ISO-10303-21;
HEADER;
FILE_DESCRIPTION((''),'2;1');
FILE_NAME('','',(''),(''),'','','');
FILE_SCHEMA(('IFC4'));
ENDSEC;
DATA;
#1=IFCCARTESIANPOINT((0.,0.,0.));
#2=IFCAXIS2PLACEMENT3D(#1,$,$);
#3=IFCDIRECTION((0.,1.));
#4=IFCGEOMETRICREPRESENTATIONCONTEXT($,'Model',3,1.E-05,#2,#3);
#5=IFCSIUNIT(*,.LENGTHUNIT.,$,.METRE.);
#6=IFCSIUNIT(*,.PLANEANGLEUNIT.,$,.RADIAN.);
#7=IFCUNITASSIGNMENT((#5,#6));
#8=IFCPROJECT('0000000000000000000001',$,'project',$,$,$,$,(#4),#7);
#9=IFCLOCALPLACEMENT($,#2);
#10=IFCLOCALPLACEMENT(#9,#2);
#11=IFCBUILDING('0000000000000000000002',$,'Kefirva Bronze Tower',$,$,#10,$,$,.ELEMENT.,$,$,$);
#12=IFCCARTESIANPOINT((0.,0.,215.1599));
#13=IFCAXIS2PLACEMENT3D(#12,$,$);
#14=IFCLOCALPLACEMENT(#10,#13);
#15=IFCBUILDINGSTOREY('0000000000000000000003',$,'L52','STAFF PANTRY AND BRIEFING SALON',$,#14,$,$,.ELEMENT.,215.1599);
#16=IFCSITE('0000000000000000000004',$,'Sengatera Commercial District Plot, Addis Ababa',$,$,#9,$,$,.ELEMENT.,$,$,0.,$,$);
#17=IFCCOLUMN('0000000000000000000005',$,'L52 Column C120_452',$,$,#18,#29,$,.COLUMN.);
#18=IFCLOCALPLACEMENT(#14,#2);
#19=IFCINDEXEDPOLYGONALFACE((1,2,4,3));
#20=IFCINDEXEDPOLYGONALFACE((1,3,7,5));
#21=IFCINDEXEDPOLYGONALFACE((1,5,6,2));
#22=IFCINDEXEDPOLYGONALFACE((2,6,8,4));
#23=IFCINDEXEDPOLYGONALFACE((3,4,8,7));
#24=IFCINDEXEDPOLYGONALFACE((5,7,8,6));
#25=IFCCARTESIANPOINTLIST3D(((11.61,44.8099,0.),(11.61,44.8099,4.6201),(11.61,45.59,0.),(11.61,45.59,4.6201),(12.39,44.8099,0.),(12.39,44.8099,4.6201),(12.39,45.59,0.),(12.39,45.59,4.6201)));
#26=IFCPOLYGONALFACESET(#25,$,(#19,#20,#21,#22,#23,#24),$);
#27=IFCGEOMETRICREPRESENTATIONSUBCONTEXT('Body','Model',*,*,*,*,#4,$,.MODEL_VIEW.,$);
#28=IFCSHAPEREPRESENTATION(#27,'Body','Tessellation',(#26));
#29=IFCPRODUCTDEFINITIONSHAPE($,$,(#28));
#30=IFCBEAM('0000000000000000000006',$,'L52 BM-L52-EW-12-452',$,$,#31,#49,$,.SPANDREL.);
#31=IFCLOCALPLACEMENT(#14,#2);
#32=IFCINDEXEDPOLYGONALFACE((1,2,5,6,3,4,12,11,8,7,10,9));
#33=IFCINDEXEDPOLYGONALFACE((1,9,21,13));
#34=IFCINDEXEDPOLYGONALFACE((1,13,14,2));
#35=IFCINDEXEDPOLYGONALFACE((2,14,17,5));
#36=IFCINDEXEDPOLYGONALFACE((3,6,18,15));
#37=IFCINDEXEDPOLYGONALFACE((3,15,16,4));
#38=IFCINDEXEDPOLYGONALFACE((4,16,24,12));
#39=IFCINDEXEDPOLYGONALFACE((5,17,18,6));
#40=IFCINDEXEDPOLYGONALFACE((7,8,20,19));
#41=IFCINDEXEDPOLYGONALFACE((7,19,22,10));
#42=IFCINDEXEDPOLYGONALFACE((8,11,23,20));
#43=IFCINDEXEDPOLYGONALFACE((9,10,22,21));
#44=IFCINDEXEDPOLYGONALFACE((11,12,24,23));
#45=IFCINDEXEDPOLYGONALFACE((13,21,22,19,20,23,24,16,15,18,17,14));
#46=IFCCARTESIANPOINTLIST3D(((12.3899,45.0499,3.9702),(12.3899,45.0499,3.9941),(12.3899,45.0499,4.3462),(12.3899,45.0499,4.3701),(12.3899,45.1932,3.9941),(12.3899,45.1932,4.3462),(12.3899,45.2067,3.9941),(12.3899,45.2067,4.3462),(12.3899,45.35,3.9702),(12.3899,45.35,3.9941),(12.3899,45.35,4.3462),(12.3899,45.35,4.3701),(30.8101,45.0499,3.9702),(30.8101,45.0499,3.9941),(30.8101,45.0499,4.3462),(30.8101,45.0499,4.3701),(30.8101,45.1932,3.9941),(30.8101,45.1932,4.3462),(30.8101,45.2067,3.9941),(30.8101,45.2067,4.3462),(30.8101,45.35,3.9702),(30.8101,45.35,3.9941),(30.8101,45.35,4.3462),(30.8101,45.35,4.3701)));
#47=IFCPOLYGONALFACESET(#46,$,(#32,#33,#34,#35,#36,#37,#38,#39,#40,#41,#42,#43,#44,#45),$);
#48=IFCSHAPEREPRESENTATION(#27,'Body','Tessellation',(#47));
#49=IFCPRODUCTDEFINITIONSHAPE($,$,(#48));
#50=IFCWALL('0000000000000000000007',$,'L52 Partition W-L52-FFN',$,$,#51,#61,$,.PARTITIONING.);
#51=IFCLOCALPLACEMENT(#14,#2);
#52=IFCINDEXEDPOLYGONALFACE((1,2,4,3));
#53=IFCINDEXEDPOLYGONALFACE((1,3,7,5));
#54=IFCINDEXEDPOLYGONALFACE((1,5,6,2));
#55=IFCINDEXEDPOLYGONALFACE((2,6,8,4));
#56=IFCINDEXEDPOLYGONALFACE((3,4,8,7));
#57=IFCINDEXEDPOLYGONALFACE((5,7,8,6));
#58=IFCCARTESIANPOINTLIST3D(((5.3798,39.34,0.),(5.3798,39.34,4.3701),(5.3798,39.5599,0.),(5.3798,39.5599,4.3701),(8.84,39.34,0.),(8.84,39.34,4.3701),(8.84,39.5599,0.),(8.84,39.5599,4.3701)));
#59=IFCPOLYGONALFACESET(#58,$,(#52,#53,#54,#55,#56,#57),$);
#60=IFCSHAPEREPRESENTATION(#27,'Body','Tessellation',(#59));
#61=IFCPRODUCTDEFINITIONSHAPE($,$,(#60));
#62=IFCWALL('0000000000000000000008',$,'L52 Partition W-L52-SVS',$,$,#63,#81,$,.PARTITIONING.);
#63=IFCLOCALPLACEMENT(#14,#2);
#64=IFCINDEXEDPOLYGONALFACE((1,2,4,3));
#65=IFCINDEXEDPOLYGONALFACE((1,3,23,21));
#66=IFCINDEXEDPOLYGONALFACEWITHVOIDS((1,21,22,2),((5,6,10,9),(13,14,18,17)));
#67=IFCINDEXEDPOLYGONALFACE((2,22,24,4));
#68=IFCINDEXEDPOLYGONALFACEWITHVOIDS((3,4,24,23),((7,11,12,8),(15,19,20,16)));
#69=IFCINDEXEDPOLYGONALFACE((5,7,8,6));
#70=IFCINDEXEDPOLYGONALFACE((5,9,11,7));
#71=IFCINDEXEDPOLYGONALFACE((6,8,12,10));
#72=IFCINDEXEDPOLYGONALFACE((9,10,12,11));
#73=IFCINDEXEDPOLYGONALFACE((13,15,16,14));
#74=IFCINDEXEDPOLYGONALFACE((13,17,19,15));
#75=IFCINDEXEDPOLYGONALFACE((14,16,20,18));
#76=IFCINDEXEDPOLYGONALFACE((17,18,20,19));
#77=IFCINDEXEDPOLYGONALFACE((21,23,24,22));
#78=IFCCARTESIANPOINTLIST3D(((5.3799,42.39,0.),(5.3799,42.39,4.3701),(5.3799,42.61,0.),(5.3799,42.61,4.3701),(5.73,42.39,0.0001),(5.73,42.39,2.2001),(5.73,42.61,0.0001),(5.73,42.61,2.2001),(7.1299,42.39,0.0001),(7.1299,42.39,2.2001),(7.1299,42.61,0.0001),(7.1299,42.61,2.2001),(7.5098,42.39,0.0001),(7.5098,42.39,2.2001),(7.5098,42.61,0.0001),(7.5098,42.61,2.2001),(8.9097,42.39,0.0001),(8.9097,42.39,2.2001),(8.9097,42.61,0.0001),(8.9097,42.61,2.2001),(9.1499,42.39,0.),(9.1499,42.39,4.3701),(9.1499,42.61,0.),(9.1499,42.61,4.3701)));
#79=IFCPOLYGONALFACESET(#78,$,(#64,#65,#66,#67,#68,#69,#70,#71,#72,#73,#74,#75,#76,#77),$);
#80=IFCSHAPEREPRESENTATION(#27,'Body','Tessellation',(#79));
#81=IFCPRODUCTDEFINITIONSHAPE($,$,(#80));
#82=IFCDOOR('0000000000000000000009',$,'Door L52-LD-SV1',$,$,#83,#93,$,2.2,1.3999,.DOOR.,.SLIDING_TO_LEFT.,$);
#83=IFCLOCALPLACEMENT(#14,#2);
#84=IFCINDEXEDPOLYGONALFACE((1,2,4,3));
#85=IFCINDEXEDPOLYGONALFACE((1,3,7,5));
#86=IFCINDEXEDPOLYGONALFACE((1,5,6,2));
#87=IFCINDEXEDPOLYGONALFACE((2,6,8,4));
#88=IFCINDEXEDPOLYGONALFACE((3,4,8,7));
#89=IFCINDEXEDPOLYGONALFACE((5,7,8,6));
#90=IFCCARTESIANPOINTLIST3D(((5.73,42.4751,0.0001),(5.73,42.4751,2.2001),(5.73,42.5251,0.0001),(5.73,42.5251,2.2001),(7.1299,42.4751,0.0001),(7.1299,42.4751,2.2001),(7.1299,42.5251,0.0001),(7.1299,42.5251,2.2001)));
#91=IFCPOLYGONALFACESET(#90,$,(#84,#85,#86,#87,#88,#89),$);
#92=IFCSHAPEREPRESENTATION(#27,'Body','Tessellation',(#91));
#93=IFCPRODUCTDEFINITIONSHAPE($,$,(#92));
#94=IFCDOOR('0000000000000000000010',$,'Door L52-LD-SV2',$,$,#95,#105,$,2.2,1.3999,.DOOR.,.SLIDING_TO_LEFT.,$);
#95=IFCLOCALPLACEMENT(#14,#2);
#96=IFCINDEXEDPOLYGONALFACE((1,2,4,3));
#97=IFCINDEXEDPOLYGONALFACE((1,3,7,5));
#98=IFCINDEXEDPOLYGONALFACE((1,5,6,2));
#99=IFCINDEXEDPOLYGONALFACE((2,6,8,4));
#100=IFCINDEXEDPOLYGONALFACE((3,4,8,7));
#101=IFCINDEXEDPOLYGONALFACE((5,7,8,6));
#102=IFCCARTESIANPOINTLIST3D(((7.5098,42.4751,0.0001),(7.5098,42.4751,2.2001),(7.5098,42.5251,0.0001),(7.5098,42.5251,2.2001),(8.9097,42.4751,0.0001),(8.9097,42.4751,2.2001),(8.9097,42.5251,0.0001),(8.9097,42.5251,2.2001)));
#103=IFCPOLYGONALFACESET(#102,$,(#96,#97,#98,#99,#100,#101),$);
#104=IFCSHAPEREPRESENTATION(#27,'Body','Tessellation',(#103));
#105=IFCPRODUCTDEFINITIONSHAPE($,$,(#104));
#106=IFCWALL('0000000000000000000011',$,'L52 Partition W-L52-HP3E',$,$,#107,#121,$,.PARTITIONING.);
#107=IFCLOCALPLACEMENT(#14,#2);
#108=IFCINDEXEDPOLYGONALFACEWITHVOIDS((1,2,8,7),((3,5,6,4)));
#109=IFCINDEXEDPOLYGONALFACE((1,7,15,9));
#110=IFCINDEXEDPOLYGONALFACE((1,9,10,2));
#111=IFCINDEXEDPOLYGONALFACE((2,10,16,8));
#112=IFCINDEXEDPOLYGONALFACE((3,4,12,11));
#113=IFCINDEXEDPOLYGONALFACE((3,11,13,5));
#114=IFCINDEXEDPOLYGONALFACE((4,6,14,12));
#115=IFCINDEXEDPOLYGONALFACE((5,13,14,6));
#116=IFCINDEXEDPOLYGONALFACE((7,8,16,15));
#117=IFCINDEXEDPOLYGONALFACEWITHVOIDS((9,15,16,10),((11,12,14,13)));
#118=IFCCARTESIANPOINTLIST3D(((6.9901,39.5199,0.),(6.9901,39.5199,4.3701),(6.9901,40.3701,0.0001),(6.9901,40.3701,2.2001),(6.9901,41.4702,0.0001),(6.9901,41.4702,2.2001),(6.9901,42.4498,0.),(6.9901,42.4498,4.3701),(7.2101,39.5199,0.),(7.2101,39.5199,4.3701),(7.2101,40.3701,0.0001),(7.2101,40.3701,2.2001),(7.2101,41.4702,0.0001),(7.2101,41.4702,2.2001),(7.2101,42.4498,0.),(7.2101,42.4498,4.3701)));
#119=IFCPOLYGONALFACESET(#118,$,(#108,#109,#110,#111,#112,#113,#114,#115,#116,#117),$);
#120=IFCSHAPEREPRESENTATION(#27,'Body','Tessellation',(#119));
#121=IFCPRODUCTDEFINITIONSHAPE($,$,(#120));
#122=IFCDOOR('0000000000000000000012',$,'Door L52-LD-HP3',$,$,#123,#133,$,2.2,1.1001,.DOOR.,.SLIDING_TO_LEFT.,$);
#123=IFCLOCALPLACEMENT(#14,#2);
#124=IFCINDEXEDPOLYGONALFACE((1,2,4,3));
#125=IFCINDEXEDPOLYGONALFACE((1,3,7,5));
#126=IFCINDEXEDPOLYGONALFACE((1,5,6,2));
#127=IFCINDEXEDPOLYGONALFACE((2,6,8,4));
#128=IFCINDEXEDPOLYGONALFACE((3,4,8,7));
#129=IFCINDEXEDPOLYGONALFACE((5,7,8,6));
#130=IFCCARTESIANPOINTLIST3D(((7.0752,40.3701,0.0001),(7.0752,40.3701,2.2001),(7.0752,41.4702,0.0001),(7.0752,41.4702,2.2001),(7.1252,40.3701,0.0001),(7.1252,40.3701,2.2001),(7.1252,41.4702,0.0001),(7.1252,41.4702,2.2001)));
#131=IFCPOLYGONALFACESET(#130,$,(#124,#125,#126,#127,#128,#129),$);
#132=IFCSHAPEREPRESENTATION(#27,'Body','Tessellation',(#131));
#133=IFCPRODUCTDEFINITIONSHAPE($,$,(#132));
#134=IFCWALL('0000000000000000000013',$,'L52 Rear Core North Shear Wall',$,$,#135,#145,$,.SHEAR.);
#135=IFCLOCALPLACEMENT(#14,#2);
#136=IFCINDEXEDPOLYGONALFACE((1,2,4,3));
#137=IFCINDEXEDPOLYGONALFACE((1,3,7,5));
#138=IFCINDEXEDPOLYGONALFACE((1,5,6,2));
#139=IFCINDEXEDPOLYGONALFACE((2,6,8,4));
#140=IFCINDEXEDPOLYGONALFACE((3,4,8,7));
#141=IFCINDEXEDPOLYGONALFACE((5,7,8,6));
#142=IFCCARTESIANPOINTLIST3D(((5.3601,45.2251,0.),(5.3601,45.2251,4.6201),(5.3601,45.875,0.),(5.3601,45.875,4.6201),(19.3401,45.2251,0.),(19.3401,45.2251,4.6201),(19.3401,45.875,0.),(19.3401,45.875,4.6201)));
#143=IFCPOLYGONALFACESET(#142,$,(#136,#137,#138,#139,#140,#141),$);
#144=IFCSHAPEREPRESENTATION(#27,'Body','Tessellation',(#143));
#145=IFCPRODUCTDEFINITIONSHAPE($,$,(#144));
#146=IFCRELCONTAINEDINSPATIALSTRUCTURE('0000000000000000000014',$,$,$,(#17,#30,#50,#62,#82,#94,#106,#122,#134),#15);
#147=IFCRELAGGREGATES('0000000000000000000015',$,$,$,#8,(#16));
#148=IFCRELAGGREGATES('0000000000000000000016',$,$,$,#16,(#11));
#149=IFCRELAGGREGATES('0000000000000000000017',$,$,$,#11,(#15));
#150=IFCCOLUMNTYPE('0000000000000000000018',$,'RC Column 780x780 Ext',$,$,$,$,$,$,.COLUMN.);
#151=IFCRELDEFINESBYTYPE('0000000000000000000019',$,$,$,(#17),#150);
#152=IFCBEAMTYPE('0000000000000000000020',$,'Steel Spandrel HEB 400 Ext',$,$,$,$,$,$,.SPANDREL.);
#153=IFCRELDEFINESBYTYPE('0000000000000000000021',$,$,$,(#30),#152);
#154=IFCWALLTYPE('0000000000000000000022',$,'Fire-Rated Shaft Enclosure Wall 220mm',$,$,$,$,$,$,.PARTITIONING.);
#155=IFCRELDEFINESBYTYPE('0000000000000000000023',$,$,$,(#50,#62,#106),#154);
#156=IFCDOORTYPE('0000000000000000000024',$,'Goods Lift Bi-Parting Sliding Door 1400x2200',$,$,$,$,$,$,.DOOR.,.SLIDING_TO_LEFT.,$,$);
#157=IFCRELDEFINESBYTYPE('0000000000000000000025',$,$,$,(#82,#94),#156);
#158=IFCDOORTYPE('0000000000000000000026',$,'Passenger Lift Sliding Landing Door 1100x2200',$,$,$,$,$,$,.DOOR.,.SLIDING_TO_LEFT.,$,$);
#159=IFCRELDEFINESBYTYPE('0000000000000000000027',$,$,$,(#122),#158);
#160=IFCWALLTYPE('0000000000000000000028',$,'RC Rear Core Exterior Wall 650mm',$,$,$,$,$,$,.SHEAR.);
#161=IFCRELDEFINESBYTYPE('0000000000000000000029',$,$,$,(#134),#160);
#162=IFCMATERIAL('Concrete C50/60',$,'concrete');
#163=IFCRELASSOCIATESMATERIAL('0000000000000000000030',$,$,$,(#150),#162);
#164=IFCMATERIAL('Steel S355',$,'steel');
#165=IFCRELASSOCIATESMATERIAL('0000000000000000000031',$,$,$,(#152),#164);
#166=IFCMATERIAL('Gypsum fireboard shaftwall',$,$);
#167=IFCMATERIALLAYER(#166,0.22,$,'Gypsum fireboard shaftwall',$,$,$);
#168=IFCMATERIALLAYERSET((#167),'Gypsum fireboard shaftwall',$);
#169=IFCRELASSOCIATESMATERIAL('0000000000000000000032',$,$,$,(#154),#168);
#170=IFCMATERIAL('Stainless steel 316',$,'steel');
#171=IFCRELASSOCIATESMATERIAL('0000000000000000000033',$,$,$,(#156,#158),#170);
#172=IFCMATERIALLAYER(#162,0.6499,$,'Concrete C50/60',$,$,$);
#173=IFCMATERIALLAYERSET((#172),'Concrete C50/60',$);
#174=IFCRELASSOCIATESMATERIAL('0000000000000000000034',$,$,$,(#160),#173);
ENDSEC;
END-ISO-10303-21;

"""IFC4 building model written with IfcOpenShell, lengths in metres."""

from ifc_helpers import new_model, si_unit, direction, frame, frame_2d, origin, origin_2d, place, context, subcontext, project, spatial, rectangle, i_section, extrude, material, layer, layer_set, material_profile, profile_set, type_object, element, fill, save


model = new_model("IFC4")

# Units and contexts
model_context = context("Model", 3, precision=1e-05, world=origin(), true_north=direction((0.0, 1.0)))
body_context = subcontext(model_context, "Body", "Model", "MODEL_VIEW")
ifc_project = project(units=[si_unit("LENGTHUNIT", "METRE"), si_unit("PLANEANGLEUNIT", "RADIAN")], contexts=[model_context])

# Site, building, storey
site_placement = place(None, origin())
site = spatial("IfcSite", under=ifc_project, at=site_placement, Name="Sengatera Commercial District Plot, Addis Ababa", CompositionType="ELEMENT", RefElevation=0.0)
building_placement = place(site_placement, origin())
building = spatial("IfcBuilding", under=site, at=building_placement, Name="Kefirva Bronze Tower", CompositionType="ELEMENT")
storey_placement = place(building_placement, frame((0.0, 0.0, 215.1599)))
storey = spatial("IfcBuildingStorey", under=building, at=storey_placement, Name="L52", Description="STAFF PANTRY AND BRIEFING SALON", CompositionType="ELEMENT", Elevation=215.1599)

# Column
ifc_material_1 = material(Name="Concrete C50/60", Category="concrete")
ifc_material_profile_1 = material_profile(ifc_material_1, rectangle(XDim=0.78, YDim=0.78, at=origin_2d()), Name="RC 780x780")
ifc_profile_set_1 = profile_set([ifc_material_profile_1], Name="Concrete C50/60")
column_type = type_object("IfcColumnType", Name="RC Column 780x780 Ext", PredefinedType="COLUMN", material=ifc_profile_set_1)
column_placement = place(storey_placement, frame((12.0, 45.2, 0.0), z_axis=(0.0, 0.0, 1.0), x_axis=(1.0, 0.0, 0.0)))
element("IfcColumn", 1, at=column_placement, inside=storey, type_object=column_type, Name="L52 Column C120_452", PredefinedType="COLUMN", context=body_context, shape_type="SweptSolid", body=[
    extrude(rectangle(XDim=0.78, YDim=0.78, at=origin_2d()), origin(), (0.0, 0.0, 1.0), 4.6201),
])

# Beam
ifc_material_2 = material(Name="Steel S355", Category="steel")
ifc_material_profile_2 = material_profile(ifc_material_2, i_section(OverallWidth=0.3, OverallDepth=0.3999, WebThickness=0.0134, FlangeThickness=0.0239, at=origin_2d()), Name="HEB 400")
ifc_profile_set_2 = profile_set([ifc_material_profile_2], Name="Steel S355")
beam_type = type_object("IfcBeamType", Name="Steel Spandrel HEB 400 Ext", PredefinedType="SPANDREL", material=ifc_profile_set_2)
beam_placement = place(storey_placement, frame((12.3899, 45.2, 4.1702), z_axis=(1.0, 0.0, 0.0), x_axis=(0.0, 1.0, 0.0)))
element("IfcBeam", 2, at=beam_placement, inside=storey, type_object=beam_type, Name="L52 BM-L52-EW-12-452", PredefinedType="SPANDREL", context=body_context, shape_type="SweptSolid", body=[
    extrude(i_section(OverallWidth=0.3, OverallDepth=0.3999, WebThickness=0.0134, FlangeThickness=0.0239, at=origin_2d()), origin(), (0.0, 0.0, 1.0), 18.4202),
])

# Wall
ifc_material_3 = material(Name="Gypsum fireboard shaftwall")
ifc_layer_1 = layer(ifc_material_3, 0.22, Name="Gypsum fireboard shaftwall")
ifc_layer_set_1 = layer_set([ifc_layer_1], Name="Gypsum fireboard shaftwall")
wall_type_1 = type_object("IfcWallType", Name="Fire-Rated Shaft Enclosure Wall 220mm", PredefinedType="PARTITIONING", material=ifc_layer_set_1)
wall_1_placement = place(storey_placement, frame((5.3799, 39.45, 0.0), z_axis=(0.0, 0.0, 1.0), x_axis=(1.0, 0.0, 0.0)))
element("IfcWall", 3, at=wall_1_placement, inside=storey, type_object=wall_type_1, Name="L52 Partition W-L52-FFN", PredefinedType="PARTITIONING", context=body_context, shape_type="SweptSolid", body=[
    extrude(rectangle(XDim=3.4602, YDim=0.22, at=frame_2d((1.73, 0.0))), origin(), (0.0, 0.0, 1.0), 4.3701),
])

# Wall, openings, doors
wall_2_placement = place(storey_placement, frame((5.3799, 42.5, 0.0), z_axis=(0.0, 0.0, 1.0), x_axis=(1.0, 0.0, 0.0)))
wall_2 = element("IfcWall", 4, at=wall_2_placement, inside=storey, type_object=wall_type_1, Name="L52 Partition W-L52-SVS", PredefinedType="PARTITIONING", context=body_context, shape_type="SweptSolid", body=[
    extrude(rectangle(XDim=3.77, YDim=0.22, at=frame_2d((1.885, 0.0))), origin(), (0.0, 0.0, 1.0), 4.3701),
])
opening_1_placement = place(wall_2_placement, frame((1.75, 0.0, 0.0), z_axis=(0.0, 0.0, 1.0), x_axis=(-1.0, 0.0, 0.0)))
opening_1 = element("IfcOpeningElement", 5, at=opening_1_placement, cuts=wall_2, PredefinedType="OPENING", context=body_context, shape_type="SweptSolid", body=[
    extrude(rectangle(XDim=1.3999, YDim=2.2, at=frame_2d((0.7, 1.1001))), frame((0.0, 0.1201, 0.0), z_axis=(0.0, -1.0, 0.0), x_axis=(1.0, 0.0, 0.0)), (0.0, 0.0, 1.0), 0.24),
])
opening_2_placement = place(wall_2_placement, frame((3.5298, 0.0, 0.0), z_axis=(0.0, 0.0, 1.0), x_axis=(-1.0, 0.0, 0.0)))
opening_2 = element("IfcOpeningElement", 6, at=opening_2_placement, cuts=wall_2, PredefinedType="OPENING", context=body_context, shape_type="SweptSolid", body=[
    extrude(rectangle(XDim=1.3999, YDim=2.2, at=frame_2d((0.7, 1.1001))), frame((0.0, 0.1201, 0.0), z_axis=(0.0, -1.0, 0.0), x_axis=(1.0, 0.0, 0.0)), (0.0, 0.0, 1.0), 0.24),
])
ifc_material_4 = material(Name="Stainless steel 316", Category="steel")
door_type_1 = type_object("IfcDoorType", Name="Goods Lift Bi-Parting Sliding Door 1400x2200", OperationType="SLIDING_TO_LEFT", PredefinedType="DOOR", material=ifc_material_4)
door_1_placement = place(opening_1_placement, origin())
door_1 = element("IfcDoor", 7, at=door_1_placement, inside=storey, type_object=door_type_1, Name="Door L52-LD-SV1", OperationType="SLIDING_TO_LEFT", OverallHeight=2.2, OverallWidth=1.3999, PredefinedType="DOOR", context=body_context, shape_type="SweptSolid", body=[
    extrude(rectangle(XDim=1.3999, YDim=2.2, at=frame_2d((0.7, 1.1001))), frame((0.0, 0.0249, 0.0), z_axis=(0.0, -1.0, 0.0), x_axis=(1.0, 0.0, 0.0)), (0.0, 0.0, 1.0), 0.05),
])
fill(opening_1, door_1)
door_2_placement = place(opening_2_placement, origin())
door_2 = element("IfcDoor", 8, at=door_2_placement, inside=storey, type_object=door_type_1, Name="Door L52-LD-SV2", OperationType="SLIDING_TO_LEFT", OverallHeight=2.2, OverallWidth=1.3999, PredefinedType="DOOR", context=body_context, shape_type="SweptSolid", body=[
    extrude(rectangle(XDim=1.3999, YDim=2.2, at=frame_2d((0.7, 1.1001))), frame((0.0, 0.0249, 0.0), z_axis=(0.0, -1.0, 0.0), x_axis=(1.0, 0.0, 0.0)), (0.0, 0.0, 1.0), 0.05),
])
fill(opening_2, door_2)

# Wall, opening, door
wall_3_placement = place(storey_placement, frame((7.1001, 39.52, 0.0), z_axis=(0.0, 0.0, 1.0), x_axis=(0.0, 1.0, 0.0)))
wall_3 = element("IfcWall", 9, at=wall_3_placement, inside=storey, type_object=wall_type_1, Name="L52 Partition W-L52-HP3E", PredefinedType="PARTITIONING", context=body_context, shape_type="SweptSolid", body=[
    extrude(rectangle(XDim=2.9299, YDim=0.22, at=frame_2d((1.4648, 0.0))), origin(), (0.0, 0.0, 1.0), 4.3701),
])
opening_3_placement = place(wall_3_placement, frame((0.8501, 0.0, 0.0)))
opening_3 = element("IfcOpeningElement", 10, at=opening_3_placement, cuts=wall_3, PredefinedType="OPENING", context=body_context, shape_type="SweptSolid", body=[
    extrude(rectangle(XDim=1.1001, YDim=2.2, at=frame_2d((0.55, 1.1001))), frame((0.0, 0.1201, 0.0), z_axis=(0.0, -1.0, 0.0), x_axis=(1.0, 0.0, 0.0)), (0.0, 0.0, 1.0), 0.24),
])
door_type_2 = type_object("IfcDoorType", Name="Passenger Lift Sliding Landing Door 1100x2200", OperationType="SLIDING_TO_LEFT", PredefinedType="DOOR", material=ifc_material_4)
door_3_placement = place(opening_3_placement, origin())
door_3 = element("IfcDoor", 11, at=door_3_placement, inside=storey, type_object=door_type_2, Name="Door L52-LD-HP3", OperationType="SLIDING_TO_LEFT", OverallHeight=2.2, OverallWidth=1.1001, PredefinedType="DOOR", context=body_context, shape_type="SweptSolid", body=[
    extrude(rectangle(XDim=1.1001, YDim=2.2, at=frame_2d((0.55, 1.1001))), frame((0.0, 0.0249, 0.0), z_axis=(0.0, -1.0, 0.0), x_axis=(1.0, 0.0, 0.0)), (0.0, 0.0, 1.0), 0.05),
])
fill(opening_3, door_3)

# Wall
ifc_layer_2 = layer(ifc_material_1, 0.6499, Name="Concrete C50/60")
ifc_layer_set_2 = layer_set([ifc_layer_2], Name="Concrete C50/60")
wall_type_2 = type_object("IfcWallType", Name="RC Rear Core Exterior Wall 650mm", PredefinedType="SHEAR", material=ifc_layer_set_2)
wall_4_placement = place(storey_placement, frame((5.3601, 45.55, 0.0), z_axis=(0.0, 0.0, 1.0), x_axis=(1.0, 0.0, 0.0)))
element("IfcWall", 12, at=wall_4_placement, inside=storey, type_object=wall_type_2, Name="L52 Rear Core North Shear Wall", PredefinedType="SHEAR", context=body_context, shape_type="SweptSolid", body=[
    extrude(rectangle(XDim=13.98, YDim=0.6499, at=frame_2d((6.99, 0.0))), origin(), (0.0, 0.0, 1.0), 4.6201),
])

save(model, "model.ifc")
